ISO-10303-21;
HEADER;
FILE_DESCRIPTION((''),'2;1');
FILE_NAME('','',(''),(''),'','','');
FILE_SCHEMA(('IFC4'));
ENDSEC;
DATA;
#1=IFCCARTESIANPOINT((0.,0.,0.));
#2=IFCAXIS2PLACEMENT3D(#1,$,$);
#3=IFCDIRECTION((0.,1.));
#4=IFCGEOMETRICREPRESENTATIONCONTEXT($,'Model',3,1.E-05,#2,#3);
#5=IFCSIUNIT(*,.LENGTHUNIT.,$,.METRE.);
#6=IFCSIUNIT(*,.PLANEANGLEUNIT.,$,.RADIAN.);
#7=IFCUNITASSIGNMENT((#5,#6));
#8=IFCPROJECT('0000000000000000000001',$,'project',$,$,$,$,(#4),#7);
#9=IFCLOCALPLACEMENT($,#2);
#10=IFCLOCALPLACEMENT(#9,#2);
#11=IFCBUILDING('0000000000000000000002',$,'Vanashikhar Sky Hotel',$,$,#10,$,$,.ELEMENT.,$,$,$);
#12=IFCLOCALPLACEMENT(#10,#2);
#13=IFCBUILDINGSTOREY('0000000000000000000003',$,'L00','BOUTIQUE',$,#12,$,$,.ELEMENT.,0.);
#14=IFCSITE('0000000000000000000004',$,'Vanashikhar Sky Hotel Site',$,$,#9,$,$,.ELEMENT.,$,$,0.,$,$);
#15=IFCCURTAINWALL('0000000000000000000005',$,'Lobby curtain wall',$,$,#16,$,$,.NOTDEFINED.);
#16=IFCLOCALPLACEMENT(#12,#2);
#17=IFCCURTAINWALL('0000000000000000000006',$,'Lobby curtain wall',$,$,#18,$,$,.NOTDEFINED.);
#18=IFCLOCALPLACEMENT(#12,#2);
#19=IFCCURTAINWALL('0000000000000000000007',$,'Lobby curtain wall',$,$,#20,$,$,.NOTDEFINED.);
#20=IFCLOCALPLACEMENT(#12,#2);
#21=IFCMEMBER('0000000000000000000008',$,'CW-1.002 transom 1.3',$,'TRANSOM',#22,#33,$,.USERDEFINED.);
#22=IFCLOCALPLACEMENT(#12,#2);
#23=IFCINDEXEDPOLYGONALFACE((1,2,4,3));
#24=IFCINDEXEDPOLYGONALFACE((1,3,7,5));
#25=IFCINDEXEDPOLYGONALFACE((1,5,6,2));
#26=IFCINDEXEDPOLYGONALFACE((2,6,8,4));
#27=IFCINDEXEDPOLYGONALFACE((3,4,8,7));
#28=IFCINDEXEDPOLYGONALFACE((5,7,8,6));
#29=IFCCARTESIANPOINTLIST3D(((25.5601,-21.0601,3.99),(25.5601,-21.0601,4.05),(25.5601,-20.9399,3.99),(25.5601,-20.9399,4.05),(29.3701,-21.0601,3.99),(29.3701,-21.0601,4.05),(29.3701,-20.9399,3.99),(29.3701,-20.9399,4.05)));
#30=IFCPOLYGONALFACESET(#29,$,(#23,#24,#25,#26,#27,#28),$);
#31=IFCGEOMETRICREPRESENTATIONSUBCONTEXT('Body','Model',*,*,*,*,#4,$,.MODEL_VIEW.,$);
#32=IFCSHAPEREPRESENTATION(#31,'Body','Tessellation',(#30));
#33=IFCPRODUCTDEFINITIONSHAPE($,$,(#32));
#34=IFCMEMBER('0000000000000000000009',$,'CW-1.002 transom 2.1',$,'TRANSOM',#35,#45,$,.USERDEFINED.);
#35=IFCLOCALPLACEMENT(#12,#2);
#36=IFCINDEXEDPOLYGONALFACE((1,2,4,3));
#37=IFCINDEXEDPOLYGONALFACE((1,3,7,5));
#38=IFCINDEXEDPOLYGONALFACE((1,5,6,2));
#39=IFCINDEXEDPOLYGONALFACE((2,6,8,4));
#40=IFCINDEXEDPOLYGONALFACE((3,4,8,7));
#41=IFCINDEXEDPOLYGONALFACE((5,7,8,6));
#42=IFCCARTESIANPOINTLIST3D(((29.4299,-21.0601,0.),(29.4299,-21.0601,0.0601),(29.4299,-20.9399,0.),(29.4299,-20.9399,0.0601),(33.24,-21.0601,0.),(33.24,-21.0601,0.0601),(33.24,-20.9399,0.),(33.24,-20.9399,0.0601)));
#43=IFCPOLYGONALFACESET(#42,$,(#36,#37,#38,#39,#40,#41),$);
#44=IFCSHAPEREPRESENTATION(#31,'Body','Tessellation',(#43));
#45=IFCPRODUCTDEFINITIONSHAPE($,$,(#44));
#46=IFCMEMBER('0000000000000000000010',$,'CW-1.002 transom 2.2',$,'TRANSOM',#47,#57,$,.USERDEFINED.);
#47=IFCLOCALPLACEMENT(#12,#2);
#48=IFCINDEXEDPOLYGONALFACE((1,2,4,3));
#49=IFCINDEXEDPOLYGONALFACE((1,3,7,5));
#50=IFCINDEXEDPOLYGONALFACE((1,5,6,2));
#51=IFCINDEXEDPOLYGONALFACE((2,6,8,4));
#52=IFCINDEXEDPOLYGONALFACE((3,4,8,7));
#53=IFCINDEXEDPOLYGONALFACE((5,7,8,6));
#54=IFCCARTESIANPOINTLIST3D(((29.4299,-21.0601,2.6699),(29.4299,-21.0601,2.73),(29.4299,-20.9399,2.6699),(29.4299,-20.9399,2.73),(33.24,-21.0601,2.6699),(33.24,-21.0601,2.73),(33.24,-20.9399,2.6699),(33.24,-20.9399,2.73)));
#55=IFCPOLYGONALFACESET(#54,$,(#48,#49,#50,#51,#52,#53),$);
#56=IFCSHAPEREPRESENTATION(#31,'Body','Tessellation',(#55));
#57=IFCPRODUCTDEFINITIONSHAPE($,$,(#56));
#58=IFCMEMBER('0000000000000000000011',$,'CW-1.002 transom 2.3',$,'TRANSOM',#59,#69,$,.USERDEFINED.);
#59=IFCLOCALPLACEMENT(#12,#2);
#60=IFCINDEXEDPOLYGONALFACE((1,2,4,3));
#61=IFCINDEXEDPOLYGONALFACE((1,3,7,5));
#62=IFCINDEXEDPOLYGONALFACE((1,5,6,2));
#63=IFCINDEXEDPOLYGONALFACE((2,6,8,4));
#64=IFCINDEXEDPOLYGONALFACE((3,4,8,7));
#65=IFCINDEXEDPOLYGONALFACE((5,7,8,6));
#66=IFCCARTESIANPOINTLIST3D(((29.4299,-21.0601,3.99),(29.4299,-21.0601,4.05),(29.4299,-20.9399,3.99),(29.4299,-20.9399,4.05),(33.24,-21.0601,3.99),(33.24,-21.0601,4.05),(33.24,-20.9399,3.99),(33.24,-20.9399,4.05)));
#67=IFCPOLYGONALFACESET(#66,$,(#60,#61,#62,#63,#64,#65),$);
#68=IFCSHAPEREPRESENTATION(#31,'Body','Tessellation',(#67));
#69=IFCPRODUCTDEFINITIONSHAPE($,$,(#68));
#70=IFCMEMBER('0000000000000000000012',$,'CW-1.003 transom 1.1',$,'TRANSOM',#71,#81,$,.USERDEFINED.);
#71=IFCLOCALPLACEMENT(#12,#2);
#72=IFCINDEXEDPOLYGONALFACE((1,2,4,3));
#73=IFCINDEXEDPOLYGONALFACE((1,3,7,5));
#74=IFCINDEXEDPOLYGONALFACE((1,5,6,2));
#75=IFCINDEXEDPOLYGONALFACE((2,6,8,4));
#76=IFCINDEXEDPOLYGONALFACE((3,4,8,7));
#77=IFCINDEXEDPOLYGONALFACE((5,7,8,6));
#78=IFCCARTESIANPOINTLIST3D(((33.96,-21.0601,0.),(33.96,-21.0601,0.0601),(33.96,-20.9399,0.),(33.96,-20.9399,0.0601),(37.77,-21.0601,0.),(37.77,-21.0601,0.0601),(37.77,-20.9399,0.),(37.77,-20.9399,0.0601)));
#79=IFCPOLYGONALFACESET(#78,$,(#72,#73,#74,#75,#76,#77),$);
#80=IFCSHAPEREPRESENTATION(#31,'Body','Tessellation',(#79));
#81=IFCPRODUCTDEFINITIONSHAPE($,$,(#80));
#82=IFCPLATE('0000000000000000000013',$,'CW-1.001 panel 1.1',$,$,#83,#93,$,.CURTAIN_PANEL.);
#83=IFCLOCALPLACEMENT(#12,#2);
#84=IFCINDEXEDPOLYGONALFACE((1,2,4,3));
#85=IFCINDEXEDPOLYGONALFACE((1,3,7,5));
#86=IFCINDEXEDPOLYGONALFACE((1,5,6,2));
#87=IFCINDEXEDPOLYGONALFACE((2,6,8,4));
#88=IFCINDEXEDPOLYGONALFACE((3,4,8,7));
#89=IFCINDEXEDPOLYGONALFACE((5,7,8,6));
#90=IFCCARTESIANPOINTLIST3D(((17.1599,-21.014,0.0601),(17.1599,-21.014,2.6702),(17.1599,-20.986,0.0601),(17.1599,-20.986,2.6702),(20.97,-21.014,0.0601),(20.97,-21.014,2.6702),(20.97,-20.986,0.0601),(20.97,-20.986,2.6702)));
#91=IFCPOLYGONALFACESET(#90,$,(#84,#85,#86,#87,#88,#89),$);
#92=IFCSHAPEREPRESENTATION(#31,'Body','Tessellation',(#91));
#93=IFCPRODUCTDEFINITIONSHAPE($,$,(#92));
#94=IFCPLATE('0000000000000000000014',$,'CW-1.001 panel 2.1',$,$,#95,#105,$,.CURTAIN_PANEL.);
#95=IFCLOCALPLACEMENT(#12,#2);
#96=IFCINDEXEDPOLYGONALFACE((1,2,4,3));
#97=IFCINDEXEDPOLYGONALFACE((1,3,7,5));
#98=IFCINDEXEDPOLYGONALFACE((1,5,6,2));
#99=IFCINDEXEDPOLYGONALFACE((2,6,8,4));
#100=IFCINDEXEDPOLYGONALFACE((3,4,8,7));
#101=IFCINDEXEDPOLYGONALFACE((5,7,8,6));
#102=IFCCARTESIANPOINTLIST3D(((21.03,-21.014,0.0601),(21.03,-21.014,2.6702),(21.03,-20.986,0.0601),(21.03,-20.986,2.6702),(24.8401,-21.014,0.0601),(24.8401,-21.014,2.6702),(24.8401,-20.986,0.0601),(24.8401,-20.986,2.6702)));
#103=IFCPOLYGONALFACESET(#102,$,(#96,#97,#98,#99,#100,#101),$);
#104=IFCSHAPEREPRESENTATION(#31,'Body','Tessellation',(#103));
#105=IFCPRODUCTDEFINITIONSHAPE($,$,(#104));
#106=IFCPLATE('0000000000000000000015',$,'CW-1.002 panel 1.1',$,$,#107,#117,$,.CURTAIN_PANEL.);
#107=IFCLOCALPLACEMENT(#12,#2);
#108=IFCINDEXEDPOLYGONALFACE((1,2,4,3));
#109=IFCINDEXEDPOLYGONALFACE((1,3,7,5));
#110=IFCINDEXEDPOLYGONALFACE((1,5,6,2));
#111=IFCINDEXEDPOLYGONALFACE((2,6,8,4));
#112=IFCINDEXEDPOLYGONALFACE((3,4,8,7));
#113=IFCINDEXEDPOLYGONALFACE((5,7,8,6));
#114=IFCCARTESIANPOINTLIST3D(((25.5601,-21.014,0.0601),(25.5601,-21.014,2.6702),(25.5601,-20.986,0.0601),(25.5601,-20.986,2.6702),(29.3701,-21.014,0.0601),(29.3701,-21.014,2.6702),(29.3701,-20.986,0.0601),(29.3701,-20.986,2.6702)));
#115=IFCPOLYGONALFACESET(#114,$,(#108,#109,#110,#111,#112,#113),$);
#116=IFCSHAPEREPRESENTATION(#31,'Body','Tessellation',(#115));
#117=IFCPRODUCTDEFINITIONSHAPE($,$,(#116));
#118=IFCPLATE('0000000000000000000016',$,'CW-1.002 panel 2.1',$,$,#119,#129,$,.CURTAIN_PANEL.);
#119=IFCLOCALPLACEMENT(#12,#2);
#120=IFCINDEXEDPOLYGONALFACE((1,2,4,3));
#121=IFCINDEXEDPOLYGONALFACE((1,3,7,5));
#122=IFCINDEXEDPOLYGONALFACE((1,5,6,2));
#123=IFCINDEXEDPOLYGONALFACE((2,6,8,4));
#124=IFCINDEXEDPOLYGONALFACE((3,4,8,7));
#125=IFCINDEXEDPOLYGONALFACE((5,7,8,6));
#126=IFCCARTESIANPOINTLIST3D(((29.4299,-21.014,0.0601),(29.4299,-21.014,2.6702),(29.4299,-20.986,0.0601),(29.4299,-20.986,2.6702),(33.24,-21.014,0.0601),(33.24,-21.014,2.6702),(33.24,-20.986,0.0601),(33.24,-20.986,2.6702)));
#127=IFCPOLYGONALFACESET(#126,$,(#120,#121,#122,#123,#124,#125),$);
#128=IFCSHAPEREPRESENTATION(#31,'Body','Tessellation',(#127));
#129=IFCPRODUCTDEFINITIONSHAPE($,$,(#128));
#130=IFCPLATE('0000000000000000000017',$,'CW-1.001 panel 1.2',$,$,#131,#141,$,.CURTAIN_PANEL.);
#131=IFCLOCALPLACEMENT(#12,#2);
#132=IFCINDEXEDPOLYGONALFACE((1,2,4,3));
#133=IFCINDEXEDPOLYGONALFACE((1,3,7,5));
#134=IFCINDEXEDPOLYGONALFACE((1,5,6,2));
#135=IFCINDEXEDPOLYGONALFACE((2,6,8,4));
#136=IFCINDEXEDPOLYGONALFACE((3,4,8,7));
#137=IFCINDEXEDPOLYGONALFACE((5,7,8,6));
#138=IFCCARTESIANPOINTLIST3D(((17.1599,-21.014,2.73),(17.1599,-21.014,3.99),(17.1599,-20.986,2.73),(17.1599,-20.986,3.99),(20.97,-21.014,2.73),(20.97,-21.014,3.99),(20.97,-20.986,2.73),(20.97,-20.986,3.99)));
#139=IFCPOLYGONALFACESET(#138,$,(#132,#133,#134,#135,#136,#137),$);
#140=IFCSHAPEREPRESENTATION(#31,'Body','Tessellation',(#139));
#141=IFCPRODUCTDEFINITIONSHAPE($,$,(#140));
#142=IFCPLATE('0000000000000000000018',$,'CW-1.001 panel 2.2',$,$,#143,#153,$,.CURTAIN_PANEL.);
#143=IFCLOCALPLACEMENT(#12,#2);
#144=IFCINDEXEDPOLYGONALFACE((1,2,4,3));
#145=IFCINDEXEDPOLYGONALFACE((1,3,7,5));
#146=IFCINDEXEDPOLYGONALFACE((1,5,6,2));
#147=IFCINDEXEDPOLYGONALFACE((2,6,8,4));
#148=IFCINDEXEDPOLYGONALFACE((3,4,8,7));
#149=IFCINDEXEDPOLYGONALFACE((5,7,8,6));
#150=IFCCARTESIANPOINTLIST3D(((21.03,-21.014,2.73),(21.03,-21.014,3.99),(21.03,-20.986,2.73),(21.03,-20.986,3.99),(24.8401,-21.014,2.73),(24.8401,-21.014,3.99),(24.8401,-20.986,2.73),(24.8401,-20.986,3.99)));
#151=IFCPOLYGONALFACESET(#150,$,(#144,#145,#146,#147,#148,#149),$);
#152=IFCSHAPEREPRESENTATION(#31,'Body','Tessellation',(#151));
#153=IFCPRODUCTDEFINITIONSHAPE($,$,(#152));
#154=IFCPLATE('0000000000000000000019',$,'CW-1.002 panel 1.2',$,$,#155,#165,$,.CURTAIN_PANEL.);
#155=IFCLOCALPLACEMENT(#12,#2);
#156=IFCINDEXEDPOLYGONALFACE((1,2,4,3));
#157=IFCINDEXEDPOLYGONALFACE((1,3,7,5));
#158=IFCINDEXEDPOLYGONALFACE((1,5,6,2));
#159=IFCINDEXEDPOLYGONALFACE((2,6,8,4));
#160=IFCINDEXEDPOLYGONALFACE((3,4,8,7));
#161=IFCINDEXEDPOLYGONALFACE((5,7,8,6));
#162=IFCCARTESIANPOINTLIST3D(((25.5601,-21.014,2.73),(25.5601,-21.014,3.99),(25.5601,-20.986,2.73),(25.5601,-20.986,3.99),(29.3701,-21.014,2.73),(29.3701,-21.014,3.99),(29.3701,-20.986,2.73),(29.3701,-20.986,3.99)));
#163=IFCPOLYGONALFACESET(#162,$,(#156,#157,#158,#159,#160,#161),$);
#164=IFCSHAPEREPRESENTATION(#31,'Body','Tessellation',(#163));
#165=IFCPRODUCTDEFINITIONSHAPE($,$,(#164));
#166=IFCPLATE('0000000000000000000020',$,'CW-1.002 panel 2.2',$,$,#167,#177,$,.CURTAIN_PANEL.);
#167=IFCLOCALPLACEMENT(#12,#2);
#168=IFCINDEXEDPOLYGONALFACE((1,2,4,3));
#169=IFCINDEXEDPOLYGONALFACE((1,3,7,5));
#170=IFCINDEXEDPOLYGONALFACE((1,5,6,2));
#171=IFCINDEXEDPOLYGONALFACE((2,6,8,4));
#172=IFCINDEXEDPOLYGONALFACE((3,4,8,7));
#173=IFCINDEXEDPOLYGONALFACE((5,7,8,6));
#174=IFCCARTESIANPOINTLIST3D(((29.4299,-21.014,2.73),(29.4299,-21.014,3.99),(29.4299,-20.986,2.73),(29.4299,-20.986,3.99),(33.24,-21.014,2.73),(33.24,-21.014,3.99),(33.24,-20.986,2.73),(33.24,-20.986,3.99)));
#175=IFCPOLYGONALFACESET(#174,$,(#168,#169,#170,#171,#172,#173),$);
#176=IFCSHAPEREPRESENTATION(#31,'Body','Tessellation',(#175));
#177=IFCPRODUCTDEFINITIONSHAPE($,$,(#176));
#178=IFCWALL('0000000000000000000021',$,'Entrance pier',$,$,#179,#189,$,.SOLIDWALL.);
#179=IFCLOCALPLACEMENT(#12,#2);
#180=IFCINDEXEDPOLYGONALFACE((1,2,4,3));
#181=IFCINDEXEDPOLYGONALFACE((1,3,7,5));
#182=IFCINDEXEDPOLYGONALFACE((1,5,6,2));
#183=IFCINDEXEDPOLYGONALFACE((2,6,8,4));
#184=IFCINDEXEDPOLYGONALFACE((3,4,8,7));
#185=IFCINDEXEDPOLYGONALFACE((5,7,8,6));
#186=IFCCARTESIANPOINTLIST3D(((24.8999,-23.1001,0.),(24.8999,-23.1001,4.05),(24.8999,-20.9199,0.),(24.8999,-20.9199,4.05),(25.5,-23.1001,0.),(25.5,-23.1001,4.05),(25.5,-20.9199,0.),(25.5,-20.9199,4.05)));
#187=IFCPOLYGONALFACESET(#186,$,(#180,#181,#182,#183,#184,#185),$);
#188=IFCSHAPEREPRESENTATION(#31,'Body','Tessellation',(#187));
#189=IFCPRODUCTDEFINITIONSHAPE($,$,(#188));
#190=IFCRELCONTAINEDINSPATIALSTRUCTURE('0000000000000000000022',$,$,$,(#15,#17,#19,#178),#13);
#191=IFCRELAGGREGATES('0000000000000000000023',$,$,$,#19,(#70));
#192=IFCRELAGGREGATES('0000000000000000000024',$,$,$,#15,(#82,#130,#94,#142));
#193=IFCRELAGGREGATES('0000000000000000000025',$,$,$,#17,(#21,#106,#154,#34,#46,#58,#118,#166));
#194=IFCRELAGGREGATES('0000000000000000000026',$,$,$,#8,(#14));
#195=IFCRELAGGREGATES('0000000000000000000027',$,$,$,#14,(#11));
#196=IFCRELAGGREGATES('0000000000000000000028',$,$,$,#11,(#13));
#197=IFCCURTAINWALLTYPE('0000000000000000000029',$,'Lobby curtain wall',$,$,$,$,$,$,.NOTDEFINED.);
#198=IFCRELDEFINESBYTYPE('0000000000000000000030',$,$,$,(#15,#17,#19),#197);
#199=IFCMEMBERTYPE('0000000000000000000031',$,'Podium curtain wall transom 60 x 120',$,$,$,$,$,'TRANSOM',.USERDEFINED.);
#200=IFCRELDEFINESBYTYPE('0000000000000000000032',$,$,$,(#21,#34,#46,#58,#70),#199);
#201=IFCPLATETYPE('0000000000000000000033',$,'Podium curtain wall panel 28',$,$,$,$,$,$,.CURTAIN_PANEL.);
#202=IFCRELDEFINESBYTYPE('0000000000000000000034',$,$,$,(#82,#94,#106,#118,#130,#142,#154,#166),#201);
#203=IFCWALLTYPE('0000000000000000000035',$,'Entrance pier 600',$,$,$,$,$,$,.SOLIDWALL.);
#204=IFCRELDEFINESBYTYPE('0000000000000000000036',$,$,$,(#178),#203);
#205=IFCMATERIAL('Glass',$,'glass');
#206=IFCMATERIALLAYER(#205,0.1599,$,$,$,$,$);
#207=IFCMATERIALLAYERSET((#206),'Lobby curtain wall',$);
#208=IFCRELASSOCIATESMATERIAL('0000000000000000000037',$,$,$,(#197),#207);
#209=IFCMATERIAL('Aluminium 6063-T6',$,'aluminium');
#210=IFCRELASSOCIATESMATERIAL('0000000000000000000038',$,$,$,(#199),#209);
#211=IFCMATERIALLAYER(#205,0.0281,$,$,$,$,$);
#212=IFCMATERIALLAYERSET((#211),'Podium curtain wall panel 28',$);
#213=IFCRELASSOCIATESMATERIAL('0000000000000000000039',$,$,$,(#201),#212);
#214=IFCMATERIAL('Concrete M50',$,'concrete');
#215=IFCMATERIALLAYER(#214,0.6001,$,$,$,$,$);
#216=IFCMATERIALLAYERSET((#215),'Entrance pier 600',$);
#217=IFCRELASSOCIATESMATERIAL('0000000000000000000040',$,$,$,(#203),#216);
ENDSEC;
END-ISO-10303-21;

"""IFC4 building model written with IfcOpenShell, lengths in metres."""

from ifc_helpers import new_model, si_unit, direction, frame, frame_2d, origin, origin_2d, place, context, subcontext, project, spatial, rectangle, extrude, source, transform, mapped, material, layer, layer_set, material_profile, profile_set, type_object, element, aggregate, save


model = new_model("IFC4")

# Units and contexts
model_context = context("Model", 3, precision=1e-05, world=origin(), true_north=direction((0.0, 1.0)))
body_context = subcontext(model_context, "Body", "Model", "MODEL_VIEW")
ifc_project = project(units=[si_unit("LENGTHUNIT", "METRE"), si_unit("PLANEANGLEUNIT", "RADIAN")], contexts=[model_context])

# Site, building, storey
site_placement = place(None, origin())
site = spatial("IfcSite", under=ifc_project, at=site_placement, Name="Vanashikhar Sky Hotel Site", CompositionType="ELEMENT", RefElevation=0.0)
building_placement = place(site_placement, origin())
building = spatial("IfcBuilding", under=site, at=building_placement, Name="Vanashikhar Sky Hotel", CompositionType="ELEMENT")
storey_placement = place(building_placement, origin())
storey = spatial("IfcBuildingStorey", under=building, at=storey_placement, Name="L00", Description="BOUTIQUE", CompositionType="ELEMENT", Elevation=0.0)

# Curtain walls
ifc_material_1 = material(Name="Glass", Category="glass")
ifc_layer_1 = layer(ifc_material_1, 0.1599)
ifc_layer_set_1 = layer_set([ifc_layer_1], Name="Lobby curtain wall")
curtain_wall_type = type_object("IfcCurtainWallType", Name="Lobby curtain wall", PredefinedType="NOTDEFINED", material=ifc_layer_set_1)
curtain_wall_1_placement = place(storey_placement, origin())
curtain_wall_1 = element("IfcCurtainWall", 1, at=curtain_wall_1_placement, inside=storey, type_object=curtain_wall_type, Name="Lobby curtain wall", PredefinedType="NOTDEFINED")
ifc_material_2 = material(Name="Aluminium 6063-T6", Category="aluminium")
curtain_wall_2_placement = place(storey_placement, origin())
curtain_wall_2 = element("IfcCurtainWall", 2, at=curtain_wall_2_placement, inside=storey, type_object=curtain_wall_type, Name="Lobby curtain wall", PredefinedType="NOTDEFINED")

# Curtain wall
curtain_wall_3_placement = place(storey_placement, origin())
curtain_wall_3 = element("IfcCurtainWall", 3, at=curtain_wall_3_placement, inside=storey, type_object=curtain_wall_type, Name="Lobby curtain wall", PredefinedType="NOTDEFINED")

# Members
ifc_material_profile_1 = material_profile(ifc_material_2, rectangle(XDim=0.1201, YDim=0.0601, at=origin_2d()))
ifc_profile_set_1 = profile_set([ifc_material_profile_1], Name="Aluminium 6063-T6")
member_type_1 = type_object("IfcMemberType", Name="Podium curtain wall transom 60 x 120", ElementType="TRANSOM", PredefinedType="USERDEFINED", material=ifc_profile_set_1)
shared_shape_1 = source(origin(), body_context, "Body", "SweptSolid", [
    extrude(rectangle(XDim=0.1201, YDim=0.0601, at=origin_2d()), origin(), (0.0, 0.0, 1.0), 3.8101),
])
member_1_placement = place(storey_placement, frame((25.5601, -21.0, 4.02), z_axis=(1.0, 0.0, 0.0), x_axis=(0.0, 1.0, 0.0)))
member_1 = element("IfcMember", 4, at=member_1_placement, type_object=member_type_1, Name="CW-1.002 transom 1.3", ObjectType="TRANSOM", PredefinedType="USERDEFINED", context=body_context, shape_type="MappedRepresentation", body=[
    mapped(shared_shape_1, transform((0.0, 0.0, 0.0), scale=1.0)),
])
member_2_placement = place(storey_placement, frame((29.4299, -21.0, 0.03), z_axis=(1.0, 0.0, 0.0), x_axis=(0.0, 1.0, 0.0)))
member_2 = element("IfcMember", 5, at=member_2_placement, type_object=member_type_1, Name="CW-1.002 transom 2.1", ObjectType="TRANSOM", PredefinedType="USERDEFINED", context=body_context, shape_type="MappedRepresentation", body=[
    mapped(shared_shape_1, transform((0.0, 0.0, 0.0), scale=1.0)),
])
member_3_placement = place(storey_placement, frame((29.4299, -21.0, 2.7), z_axis=(1.0, 0.0, 0.0), x_axis=(0.0, 1.0, 0.0)))
member_3 = element("IfcMember", 6, at=member_3_placement, type_object=member_type_1, Name="CW-1.002 transom 2.2", ObjectType="TRANSOM", PredefinedType="USERDEFINED", context=body_context, shape_type="MappedRepresentation", body=[
    mapped(shared_shape_1, transform((0.0, 0.0, 0.0), scale=1.0)),
])
member_4_placement = place(storey_placement, frame((29.4299, -21.0, 4.02), z_axis=(1.0, 0.0, 0.0), x_axis=(0.0, 1.0, 0.0)))
member_4 = element("IfcMember", 7, at=member_4_placement, type_object=member_type_1, Name="CW-1.002 transom 2.3", ObjectType="TRANSOM", PredefinedType="USERDEFINED", context=body_context, shape_type="MappedRepresentation", body=[
    mapped(shared_shape_1, transform((0.0, 0.0, 0.0), scale=1.0)),
])
member_5_placement = place(storey_placement, frame((33.96, -21.0, 0.03), z_axis=(1.0, 0.0, 0.0), x_axis=(0.0, 1.0, 0.0)))
member_5 = element("IfcMember", 8, at=member_5_placement, type_object=member_type_1, Name="CW-1.003 transom 1.1", ObjectType="TRANSOM", PredefinedType="USERDEFINED", context=body_context, shape_type="MappedRepresentation", body=[
    mapped(shared_shape_1, transform((0.0, 0.0, 0.0), scale=1.0)),
])
aggregate(curtain_wall_3, [member_5])

# Plates
ifc_layer_2 = layer(ifc_material_1, 0.0281)
ifc_layer_set_2 = layer_set([ifc_layer_2], Name="Podium curtain wall panel 28")
plate_type = type_object("IfcPlateType", Name="Podium curtain wall panel 28", PredefinedType="CURTAIN_PANEL", material=ifc_layer_set_2)
shared_shape_2 = source(origin(), body_context, "Body", "SweptSolid", [
    extrude(rectangle(XDim=3.8101, YDim=0.0281, at=origin_2d()), origin(), (0.0, 0.0, 1.0), 2.6101),
])
plate_1_placement = place(storey_placement, frame((19.0649, -21.0, 0.0601), z_axis=(0.0, 0.0, 1.0), x_axis=(1.0, 0.0, 0.0)))
plate_1 = element("IfcPlate", 9, at=plate_1_placement, type_object=plate_type, Name="CW-1.001 panel 1.1", PredefinedType="CURTAIN_PANEL", context=body_context, shape_type="MappedRepresentation", body=[
    mapped(shared_shape_2, transform((0.0, 0.0, 0.0), scale=1.0)),
])
plate_2_placement = place(storey_placement, frame((22.9351, -21.0, 0.0601), z_axis=(0.0, 0.0, 1.0), x_axis=(1.0, 0.0, 0.0)))
plate_2 = element("IfcPlate", 10, at=plate_2_placement, type_object=plate_type, Name="CW-1.001 panel 2.1", PredefinedType="CURTAIN_PANEL", context=body_context, shape_type="MappedRepresentation", body=[
    mapped(shared_shape_2, transform((0.0, 0.0, 0.0), scale=1.0)),
])
plate_3_placement = place(storey_placement, frame((27.4651, -21.0, 0.0601), z_axis=(0.0, 0.0, 1.0), x_axis=(1.0, 0.0, 0.0)))
plate_3 = element("IfcPlate", 11, at=plate_3_placement, type_object=plate_type, Name="CW-1.002 panel 1.1", PredefinedType="CURTAIN_PANEL", context=body_context, shape_type="MappedRepresentation", body=[
    mapped(shared_shape_2, transform((0.0, 0.0, 0.0), scale=1.0)),
])
plate_4_placement = place(storey_placement, frame((31.335, -21.0, 0.0601), z_axis=(0.0, 0.0, 1.0), x_axis=(1.0, 0.0, 0.0)))
plate_4 = element("IfcPlate", 12, at=plate_4_placement, type_object=plate_type, Name="CW-1.002 panel 2.1", PredefinedType="CURTAIN_PANEL", context=body_context, shape_type="MappedRepresentation", body=[
    mapped(shared_shape_2, transform((0.0, 0.0, 0.0), scale=1.0)),
])
shared_shape_3 = source(origin(), body_context, "Body", "SweptSolid", [
    extrude(rectangle(XDim=3.8101, YDim=0.0281, at=origin_2d()), origin(), (0.0, 0.0, 1.0), 1.26),
])
plate_5_placement = place(storey_placement, frame((19.0649, -21.0, 2.73), z_axis=(0.0, 0.0, 1.0), x_axis=(1.0, 0.0, 0.0)))
plate_5 = element("IfcPlate", 13, at=plate_5_placement, type_object=plate_type, Name="CW-1.001 panel 1.2", PredefinedType="CURTAIN_PANEL", context=body_context, shape_type="MappedRepresentation", body=[
    mapped(shared_shape_3, transform((0.0, 0.0, 0.0), scale=1.0)),
])
plate_6_placement = place(storey_placement, frame((22.9351, -21.0, 2.73), z_axis=(0.0, 0.0, 1.0), x_axis=(1.0, 0.0, 0.0)))
plate_6 = element("IfcPlate", 14, at=plate_6_placement, type_object=plate_type, Name="CW-1.001 panel 2.2", PredefinedType="CURTAIN_PANEL", context=body_context, shape_type="MappedRepresentation", body=[
    mapped(shared_shape_3, transform((0.0, 0.0, 0.0), scale=1.0)),
])
aggregate(curtain_wall_1, [plate_1, plate_5, plate_2, plate_6])
plate_7_placement = place(storey_placement, frame((27.4651, -21.0, 2.73), z_axis=(0.0, 0.0, 1.0), x_axis=(1.0, 0.0, 0.0)))
plate_7 = element("IfcPlate", 15, at=plate_7_placement, type_object=plate_type, Name="CW-1.002 panel 1.2", PredefinedType="CURTAIN_PANEL", context=body_context, shape_type="MappedRepresentation", body=[
    mapped(shared_shape_3, transform((0.0, 0.0, 0.0), scale=1.0)),
])
plate_8_placement = place(storey_placement, frame((31.335, -21.0, 2.73), z_axis=(0.0, 0.0, 1.0), x_axis=(1.0, 0.0, 0.0)))
plate_8 = element("IfcPlate", 16, at=plate_8_placement, type_object=plate_type, Name="CW-1.002 panel 2.2", PredefinedType="CURTAIN_PANEL", context=body_context, shape_type="MappedRepresentation", body=[
    mapped(shared_shape_3, transform((0.0, 0.0, 0.0), scale=1.0)),
])
aggregate(curtain_wall_2, [member_1, plate_3, plate_7, member_2, member_3, member_4, plate_4, plate_8])

# Wall
ifc_material_3 = material(Name="Concrete M50", Category="concrete")
ifc_layer_3 = layer(ifc_material_3, 0.6001)
ifc_layer_set_3 = layer_set([ifc_layer_3], Name="Entrance pier 600")
wall_type = type_object("IfcWallType", Name="Entrance pier 600", PredefinedType="SOLIDWALL", material=ifc_layer_set_3)
shared_shape_4 = source(origin(), body_context, "Body", "SweptSolid", [
    extrude(rectangle(XDim=2.1802, YDim=0.6001, at=frame_2d((1.0901, 0.0))), origin(), (0.0, 0.0, 1.0), 4.05),
])
for number, where, z_axis, x_axis, name in (
    (17, (25.2, -23.1001, 0.0), (0.0, 0.0, 1.0), (0.0, 1.0, 0.0), "Entrance pier"),
):
    element("IfcWall", number, at=place(storey_placement, frame(where, z_axis=z_axis, x_axis=x_axis)), inside=storey, type_object=wall_type, Name=name, PredefinedType="SOLIDWALL", context=body_context, shape_type="MappedRepresentation", body=[
        mapped(shared_shape_4, transform((0.0, 0.0, 0.0), scale=1.0)),
    ])

save(model, "model.ifc")
